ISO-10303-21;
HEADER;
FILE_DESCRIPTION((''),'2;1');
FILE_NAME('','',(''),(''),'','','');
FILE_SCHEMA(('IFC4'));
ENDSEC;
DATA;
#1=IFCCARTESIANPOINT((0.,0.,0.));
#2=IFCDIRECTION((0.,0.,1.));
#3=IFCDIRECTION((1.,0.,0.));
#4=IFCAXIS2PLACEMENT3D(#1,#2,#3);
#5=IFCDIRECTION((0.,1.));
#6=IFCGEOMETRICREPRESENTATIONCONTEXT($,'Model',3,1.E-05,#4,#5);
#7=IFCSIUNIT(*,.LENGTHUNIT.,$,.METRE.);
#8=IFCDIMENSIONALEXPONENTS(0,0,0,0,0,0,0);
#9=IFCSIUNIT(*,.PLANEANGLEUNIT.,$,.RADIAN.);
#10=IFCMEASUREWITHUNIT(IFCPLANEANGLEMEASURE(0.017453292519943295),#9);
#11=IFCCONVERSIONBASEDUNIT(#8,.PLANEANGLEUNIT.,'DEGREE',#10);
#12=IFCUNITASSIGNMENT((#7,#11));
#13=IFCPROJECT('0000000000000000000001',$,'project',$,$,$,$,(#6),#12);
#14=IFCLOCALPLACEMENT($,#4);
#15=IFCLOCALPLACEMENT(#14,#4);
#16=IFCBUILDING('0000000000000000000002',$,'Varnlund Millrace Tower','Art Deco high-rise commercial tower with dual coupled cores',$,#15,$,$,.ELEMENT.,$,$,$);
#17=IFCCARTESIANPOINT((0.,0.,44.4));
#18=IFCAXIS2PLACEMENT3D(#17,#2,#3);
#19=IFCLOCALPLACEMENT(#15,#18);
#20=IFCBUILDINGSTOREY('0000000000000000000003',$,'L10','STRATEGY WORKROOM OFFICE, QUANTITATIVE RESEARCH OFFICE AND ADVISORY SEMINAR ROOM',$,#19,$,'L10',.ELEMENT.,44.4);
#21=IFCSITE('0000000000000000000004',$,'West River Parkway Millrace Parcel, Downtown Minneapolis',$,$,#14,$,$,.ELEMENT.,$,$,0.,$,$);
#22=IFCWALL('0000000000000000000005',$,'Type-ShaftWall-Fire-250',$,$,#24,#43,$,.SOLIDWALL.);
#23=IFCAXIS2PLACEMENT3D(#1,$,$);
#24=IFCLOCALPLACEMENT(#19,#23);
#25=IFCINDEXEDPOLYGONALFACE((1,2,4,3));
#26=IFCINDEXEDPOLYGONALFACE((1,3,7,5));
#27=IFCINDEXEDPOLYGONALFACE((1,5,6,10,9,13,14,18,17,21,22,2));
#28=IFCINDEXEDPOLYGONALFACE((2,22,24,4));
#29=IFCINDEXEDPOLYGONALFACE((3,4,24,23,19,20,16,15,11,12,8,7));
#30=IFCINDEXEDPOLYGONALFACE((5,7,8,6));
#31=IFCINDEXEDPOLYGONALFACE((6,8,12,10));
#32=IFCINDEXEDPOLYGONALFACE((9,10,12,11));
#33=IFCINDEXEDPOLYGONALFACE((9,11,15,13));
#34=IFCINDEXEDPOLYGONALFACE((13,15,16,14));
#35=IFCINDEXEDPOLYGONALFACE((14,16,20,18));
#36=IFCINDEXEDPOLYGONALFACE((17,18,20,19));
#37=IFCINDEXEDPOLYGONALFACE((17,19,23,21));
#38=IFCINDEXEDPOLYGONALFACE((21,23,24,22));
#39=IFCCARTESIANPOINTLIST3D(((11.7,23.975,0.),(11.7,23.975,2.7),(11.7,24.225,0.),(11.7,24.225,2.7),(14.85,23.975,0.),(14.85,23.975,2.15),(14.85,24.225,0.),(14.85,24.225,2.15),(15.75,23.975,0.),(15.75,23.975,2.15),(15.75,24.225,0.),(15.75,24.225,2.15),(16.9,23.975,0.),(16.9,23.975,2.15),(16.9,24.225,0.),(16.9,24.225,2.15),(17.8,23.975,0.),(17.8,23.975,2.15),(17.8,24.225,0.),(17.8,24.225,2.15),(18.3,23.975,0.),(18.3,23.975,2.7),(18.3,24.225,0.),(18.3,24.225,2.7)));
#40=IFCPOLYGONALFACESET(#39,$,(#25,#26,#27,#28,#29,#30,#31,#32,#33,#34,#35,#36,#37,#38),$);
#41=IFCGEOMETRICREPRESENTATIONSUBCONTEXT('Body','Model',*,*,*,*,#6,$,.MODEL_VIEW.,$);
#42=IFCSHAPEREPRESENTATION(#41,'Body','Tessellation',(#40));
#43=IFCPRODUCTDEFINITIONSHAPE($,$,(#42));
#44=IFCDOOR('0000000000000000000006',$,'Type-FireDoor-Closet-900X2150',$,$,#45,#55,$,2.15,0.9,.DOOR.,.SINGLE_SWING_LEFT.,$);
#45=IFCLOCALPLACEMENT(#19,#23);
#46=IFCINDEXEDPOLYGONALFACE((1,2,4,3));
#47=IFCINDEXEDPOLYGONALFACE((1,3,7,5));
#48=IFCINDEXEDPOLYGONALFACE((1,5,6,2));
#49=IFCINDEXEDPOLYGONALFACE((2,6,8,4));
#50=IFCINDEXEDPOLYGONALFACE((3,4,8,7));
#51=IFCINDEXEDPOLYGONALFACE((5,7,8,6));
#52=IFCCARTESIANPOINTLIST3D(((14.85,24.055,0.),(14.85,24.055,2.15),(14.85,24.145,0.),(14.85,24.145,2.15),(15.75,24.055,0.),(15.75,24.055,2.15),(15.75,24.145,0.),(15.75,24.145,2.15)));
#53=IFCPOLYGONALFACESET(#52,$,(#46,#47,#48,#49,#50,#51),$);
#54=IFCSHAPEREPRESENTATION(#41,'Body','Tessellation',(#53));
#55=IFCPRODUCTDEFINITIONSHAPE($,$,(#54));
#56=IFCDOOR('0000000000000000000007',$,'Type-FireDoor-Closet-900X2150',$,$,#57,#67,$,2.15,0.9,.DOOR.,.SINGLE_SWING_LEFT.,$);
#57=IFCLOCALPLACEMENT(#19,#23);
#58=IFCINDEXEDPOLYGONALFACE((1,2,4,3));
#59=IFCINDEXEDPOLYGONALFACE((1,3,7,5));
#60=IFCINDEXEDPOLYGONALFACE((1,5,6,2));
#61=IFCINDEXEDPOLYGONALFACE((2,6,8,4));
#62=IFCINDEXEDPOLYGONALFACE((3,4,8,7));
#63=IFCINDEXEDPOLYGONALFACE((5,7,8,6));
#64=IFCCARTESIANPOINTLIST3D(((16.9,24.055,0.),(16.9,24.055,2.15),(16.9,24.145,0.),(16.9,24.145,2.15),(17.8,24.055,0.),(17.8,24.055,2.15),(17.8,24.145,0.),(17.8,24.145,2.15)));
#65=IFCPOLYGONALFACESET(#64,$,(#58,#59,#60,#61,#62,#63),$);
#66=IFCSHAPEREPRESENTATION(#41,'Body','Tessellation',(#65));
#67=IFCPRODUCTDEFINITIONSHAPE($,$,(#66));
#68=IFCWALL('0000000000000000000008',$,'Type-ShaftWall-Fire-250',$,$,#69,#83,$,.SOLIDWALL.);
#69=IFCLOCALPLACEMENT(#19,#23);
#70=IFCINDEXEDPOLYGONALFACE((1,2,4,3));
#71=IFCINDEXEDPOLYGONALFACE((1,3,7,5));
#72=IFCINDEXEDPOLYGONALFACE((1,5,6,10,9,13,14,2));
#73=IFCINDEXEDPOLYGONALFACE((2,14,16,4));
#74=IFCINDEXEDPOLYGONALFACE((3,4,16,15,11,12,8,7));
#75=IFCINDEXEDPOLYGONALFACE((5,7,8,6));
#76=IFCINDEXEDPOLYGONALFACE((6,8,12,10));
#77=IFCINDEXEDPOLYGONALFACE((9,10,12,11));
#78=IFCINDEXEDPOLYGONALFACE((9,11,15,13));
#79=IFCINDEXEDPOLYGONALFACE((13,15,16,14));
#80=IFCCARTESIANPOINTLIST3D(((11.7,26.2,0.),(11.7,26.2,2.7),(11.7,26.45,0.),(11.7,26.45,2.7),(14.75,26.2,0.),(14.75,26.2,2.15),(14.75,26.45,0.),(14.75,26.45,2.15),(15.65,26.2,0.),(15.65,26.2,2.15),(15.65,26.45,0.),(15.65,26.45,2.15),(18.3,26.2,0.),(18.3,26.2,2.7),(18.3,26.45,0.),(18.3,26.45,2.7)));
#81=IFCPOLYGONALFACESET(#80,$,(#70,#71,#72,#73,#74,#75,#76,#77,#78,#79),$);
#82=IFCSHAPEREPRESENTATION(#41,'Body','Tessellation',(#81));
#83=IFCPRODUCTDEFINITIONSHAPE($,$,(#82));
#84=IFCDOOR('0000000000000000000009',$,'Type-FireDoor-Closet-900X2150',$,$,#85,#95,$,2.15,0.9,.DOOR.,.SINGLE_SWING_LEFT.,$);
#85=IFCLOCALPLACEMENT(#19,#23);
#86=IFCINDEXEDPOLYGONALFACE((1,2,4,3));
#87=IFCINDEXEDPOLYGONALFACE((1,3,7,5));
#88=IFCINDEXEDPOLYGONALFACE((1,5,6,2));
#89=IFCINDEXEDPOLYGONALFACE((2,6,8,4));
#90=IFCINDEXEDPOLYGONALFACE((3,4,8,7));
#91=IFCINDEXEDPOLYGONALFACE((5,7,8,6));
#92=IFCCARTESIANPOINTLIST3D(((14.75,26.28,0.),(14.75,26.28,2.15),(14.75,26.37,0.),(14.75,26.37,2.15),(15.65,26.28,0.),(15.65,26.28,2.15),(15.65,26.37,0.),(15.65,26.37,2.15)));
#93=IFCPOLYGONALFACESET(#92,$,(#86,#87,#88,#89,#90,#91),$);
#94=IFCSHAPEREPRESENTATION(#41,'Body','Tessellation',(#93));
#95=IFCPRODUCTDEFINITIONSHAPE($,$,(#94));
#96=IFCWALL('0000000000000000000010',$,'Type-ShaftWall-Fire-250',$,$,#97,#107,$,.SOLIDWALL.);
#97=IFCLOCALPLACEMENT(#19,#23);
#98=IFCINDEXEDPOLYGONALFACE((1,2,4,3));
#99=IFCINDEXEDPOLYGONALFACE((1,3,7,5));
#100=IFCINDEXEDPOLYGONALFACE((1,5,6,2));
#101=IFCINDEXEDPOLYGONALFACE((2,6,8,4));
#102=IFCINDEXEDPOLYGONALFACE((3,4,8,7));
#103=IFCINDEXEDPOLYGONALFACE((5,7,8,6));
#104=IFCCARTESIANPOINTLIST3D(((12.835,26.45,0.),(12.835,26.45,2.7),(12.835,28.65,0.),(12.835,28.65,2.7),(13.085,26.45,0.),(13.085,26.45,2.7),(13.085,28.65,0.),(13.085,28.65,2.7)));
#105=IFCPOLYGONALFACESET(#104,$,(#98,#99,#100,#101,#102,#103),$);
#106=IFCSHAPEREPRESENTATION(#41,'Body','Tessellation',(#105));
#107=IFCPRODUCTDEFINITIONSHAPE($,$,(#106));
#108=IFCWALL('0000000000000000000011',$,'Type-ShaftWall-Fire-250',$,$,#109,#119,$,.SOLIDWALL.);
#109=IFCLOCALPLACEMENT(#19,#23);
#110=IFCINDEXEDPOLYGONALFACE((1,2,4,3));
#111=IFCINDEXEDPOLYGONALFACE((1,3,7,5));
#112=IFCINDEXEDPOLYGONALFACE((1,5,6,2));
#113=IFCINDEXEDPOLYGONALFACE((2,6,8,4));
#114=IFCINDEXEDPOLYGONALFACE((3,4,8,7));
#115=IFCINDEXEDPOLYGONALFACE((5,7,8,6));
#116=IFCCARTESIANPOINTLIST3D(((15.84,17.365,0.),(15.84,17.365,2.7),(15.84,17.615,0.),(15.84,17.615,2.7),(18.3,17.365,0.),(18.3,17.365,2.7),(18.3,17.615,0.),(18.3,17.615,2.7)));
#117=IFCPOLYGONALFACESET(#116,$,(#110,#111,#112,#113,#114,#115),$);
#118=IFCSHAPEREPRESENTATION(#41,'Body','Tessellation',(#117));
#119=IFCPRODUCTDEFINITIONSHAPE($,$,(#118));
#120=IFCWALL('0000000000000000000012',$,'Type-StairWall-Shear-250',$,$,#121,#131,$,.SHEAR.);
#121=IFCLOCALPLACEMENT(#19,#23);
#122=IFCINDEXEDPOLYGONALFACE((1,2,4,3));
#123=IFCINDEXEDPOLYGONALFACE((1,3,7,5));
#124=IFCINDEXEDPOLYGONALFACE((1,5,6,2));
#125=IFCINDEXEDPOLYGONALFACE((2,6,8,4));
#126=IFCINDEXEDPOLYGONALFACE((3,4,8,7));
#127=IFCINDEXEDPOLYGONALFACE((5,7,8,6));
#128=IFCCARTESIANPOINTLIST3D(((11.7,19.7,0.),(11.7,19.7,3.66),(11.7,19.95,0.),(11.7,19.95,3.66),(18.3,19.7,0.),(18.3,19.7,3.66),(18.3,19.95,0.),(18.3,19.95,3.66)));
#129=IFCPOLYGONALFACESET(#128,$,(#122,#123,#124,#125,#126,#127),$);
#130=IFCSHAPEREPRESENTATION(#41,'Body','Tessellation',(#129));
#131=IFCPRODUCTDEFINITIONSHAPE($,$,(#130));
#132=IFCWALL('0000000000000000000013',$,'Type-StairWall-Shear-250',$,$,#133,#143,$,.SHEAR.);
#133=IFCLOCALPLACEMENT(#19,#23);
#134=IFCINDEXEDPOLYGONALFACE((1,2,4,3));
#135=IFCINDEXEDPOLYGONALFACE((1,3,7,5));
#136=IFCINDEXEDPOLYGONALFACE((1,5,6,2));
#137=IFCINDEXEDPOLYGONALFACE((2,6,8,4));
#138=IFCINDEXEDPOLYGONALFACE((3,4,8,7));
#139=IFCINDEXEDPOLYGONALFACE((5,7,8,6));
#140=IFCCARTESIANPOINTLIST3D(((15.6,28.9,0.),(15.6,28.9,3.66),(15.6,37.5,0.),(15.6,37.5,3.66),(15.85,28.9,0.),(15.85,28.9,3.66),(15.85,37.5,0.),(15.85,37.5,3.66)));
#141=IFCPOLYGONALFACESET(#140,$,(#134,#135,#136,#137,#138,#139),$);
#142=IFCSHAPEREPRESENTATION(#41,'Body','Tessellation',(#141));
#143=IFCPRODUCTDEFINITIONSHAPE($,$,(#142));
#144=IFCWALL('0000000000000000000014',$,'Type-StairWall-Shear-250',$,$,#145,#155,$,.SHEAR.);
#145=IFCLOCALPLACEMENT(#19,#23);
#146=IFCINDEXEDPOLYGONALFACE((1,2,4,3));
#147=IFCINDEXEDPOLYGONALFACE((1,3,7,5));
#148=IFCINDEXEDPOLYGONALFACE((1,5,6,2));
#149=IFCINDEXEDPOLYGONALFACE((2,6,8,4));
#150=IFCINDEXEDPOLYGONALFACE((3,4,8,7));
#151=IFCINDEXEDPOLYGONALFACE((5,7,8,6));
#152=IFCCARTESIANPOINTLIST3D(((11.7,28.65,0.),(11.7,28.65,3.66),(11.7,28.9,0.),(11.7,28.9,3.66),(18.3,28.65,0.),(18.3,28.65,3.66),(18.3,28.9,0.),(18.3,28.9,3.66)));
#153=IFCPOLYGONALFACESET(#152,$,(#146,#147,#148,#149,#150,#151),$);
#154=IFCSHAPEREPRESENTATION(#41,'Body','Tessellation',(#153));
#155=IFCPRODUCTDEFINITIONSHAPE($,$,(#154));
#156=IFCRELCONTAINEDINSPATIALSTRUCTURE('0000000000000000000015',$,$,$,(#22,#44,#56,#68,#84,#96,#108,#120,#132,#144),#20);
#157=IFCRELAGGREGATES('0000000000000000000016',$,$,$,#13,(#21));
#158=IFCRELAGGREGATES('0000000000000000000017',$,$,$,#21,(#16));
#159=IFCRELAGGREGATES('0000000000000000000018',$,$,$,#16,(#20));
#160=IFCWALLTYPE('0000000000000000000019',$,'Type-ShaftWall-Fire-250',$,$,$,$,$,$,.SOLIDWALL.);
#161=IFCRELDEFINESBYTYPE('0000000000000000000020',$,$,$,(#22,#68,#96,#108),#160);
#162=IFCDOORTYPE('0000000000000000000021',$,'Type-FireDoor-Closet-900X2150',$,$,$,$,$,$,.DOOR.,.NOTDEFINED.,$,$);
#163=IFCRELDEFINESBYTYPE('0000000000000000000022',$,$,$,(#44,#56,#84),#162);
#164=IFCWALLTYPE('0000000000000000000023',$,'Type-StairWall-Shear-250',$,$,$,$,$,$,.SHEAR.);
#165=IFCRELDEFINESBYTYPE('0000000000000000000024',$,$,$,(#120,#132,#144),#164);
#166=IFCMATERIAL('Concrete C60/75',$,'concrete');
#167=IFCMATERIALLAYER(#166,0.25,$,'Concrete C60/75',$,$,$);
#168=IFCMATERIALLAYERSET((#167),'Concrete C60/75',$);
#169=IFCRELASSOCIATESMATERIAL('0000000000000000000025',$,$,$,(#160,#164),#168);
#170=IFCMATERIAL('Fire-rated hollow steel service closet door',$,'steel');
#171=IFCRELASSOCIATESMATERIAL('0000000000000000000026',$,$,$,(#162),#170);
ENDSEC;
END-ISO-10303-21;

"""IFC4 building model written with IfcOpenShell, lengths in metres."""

from ifc_helpers import new_model, entity, si_unit, converted_unit, direction, frame, origin_with_axes, origin_2d_with_axis, place, context, subcontext, project, spatial, polyline, rectangle, outline, extrude, material, layer, layer_set, type_object, element, fill, save


model = new_model("IFC4")

# Units and contexts
model_context = context("Model", 3, precision=1e-05, world=origin_with_axes(), true_north=direction((0.0, 1.0)))
body_context = subcontext(model_context, "Body", "Model", "MODEL_VIEW")
ifc_project = project(units=[si_unit("LENGTHUNIT", "METRE"), converted_unit("PLANEANGLEUNIT", "DEGREE", entity("IfcPlaneAngleMeasure", 0.017453292519943295), si_unit("PLANEANGLEUNIT", "RADIAN"), dimensions=[0, 0, 0, 0, 0, 0, 0])], contexts=[model_context])

# Site, building, storey
site_placement = place(None, origin_with_axes())
site = spatial("IfcSite", under=ifc_project, at=site_placement, Name="West River Parkway Millrace Parcel, Downtown Minneapolis", CompositionType="ELEMENT", RefElevation=0.0)
building_placement = place(site_placement, origin_with_axes())
building = spatial("IfcBuilding", under=site, at=building_placement, Name="Varnlund Millrace Tower", Description="Art Deco high-rise commercial tower with dual coupled cores", CompositionType="ELEMENT")
storey_placement = place(building_placement, frame((0.0, 0.0, 44.4), z_axis=(0.0, 0.0, 1.0), x_axis=(1.0, 0.0, 0.0)))
storey = spatial("IfcBuildingStorey", under=building, at=storey_placement, Name="L10", Description="STRATEGY WORKROOM OFFICE, QUANTITATIVE RESEARCH OFFICE AND ADVISORY SEMINAR ROOM", LongName="L10", CompositionType="ELEMENT", Elevation=44.4)

# Wall, openings, doors
ifc_material_1 = material(Name="Concrete C60/75", Category="concrete")
ifc_layer = layer(ifc_material_1, 0.25, Name="Concrete C60/75")
ifc_layer_set = layer_set([ifc_layer], Name="Concrete C60/75")
wall_type_1 = type_object("IfcWallType", Name="Type-ShaftWall-Fire-250", PredefinedType="SOLIDWALL", material=ifc_layer_set)
wall_1_placement = place(storey_placement, frame((11.7, 24.1, 0.0), z_axis=(0.0, 0.0, 1.0), x_axis=(1.0, 0.0, 0.0)))
wall_1 = element("IfcWall", 1, at=wall_1_placement, inside=storey, type_object=wall_type_1, Name="Type-ShaftWall-Fire-250", PredefinedType="SOLIDWALL", context=body_context, shape_type="SweptSolid", body=[
    extrude(outline(polyline([(0.0, -0.125), (6.6, -0.125), (6.6, 0.125), (0.0, 0.125), (0.0, -0.125)])), origin_with_axes(), (0.0, 0.0, 1.0), 2.7),
])
opening_1_placement = place(wall_1_placement, frame((3.6, 0.0, 0.0), z_axis=(0.0, 0.0, 1.0), x_axis=(1.0, 0.0, 0.0)))
opening_1 = element("IfcOpeningElement", 2, at=opening_1_placement, cuts=wall_1, PredefinedType="OPENING", context=body_context, shape_type="SweptSolid", body=[
    extrude(rectangle(XDim=0.9, YDim=0.27, at=origin_2d_with_axis()), origin_with_axes(), (0.0, 0.0, 1.0), 2.15),
])
opening_2_placement = place(wall_1_placement, frame((5.65, 0.0, 0.0), z_axis=(0.0, 0.0, 1.0), x_axis=(1.0, 0.0, 0.0)))
opening_2 = element("IfcOpeningElement", 3, at=opening_2_placement, cuts=wall_1, PredefinedType="OPENING", context=body_context, shape_type="SweptSolid", body=[
    extrude(rectangle(XDim=0.9, YDim=0.27, at=origin_2d_with_axis()), origin_with_axes(), (0.0, 0.0, 1.0), 2.15),
])
ifc_material_2 = material(Name="Fire-rated hollow steel service closet door", Category="steel")
door_type_1 = type_object("IfcDoorType", Name="Type-FireDoor-Closet-900X2150", OperationType="NOTDEFINED", PredefinedType="DOOR", material=ifc_material_2)
door_1_placement = place(wall_1_placement, frame((3.6, 0.0, 0.0), z_axis=(0.0, 0.0, 1.0), x_axis=(1.0, 0.0, 0.0)))
door_1 = element("IfcDoor", 4, at=door_1_placement, inside=storey, type_object=door_type_1, Name="Type-FireDoor-Closet-900X2150", OperationType="SINGLE_SWING_LEFT", OverallHeight=2.15, OverallWidth=0.9, PredefinedType="DOOR", context=body_context, shape_type="SweptSolid", body=[
    extrude(rectangle(XDim=0.9, YDim=0.09, at=origin_2d_with_axis()), origin_with_axes(), (0.0, 0.0, 1.0), 2.15),
])
fill(opening_1, door_1)
door_2_placement = place(wall_1_placement, frame((5.65, 0.0, 0.0), z_axis=(0.0, 0.0, 1.0), x_axis=(1.0, 0.0, 0.0)))
door_2 = element("IfcDoor", 5, at=door_2_placement, inside=storey, type_object=door_type_1, Name="Type-FireDoor-Closet-900X2150", OperationType="SINGLE_SWING_LEFT", OverallHeight=2.15, OverallWidth=0.9, PredefinedType="DOOR", context=body_context, shape_type="SweptSolid", body=[
    extrude(rectangle(XDim=0.9, YDim=0.09, at=origin_2d_with_axis()), origin_with_axes(), (0.0, 0.0, 1.0), 2.15),
])
fill(opening_2, door_2)

# Wall, opening, door
wall_2_placement = place(storey_placement, frame((11.7, 26.325, 0.0), z_axis=(0.0, 0.0, 1.0), x_axis=(1.0, 0.0, 0.0)))
wall_2 = element("IfcWall", 6, at=wall_2_placement, inside=storey, type_object=wall_type_1, Name="Type-ShaftWall-Fire-250", PredefinedType="SOLIDWALL", context=body_context, shape_type="SweptSolid", body=[
    extrude(outline(polyline([(0.0, -0.125), (6.6, -0.125), (6.6, 0.125), (0.0, 0.125), (0.0, -0.125)])), origin_with_axes(), (0.0, 0.0, 1.0), 2.7),
])
opening_3_placement = place(wall_2_placement, frame((3.5, 0.0, 0.0), z_axis=(0.0, 0.0, 1.0), x_axis=(1.0, 0.0, 0.0)))
opening_3 = element("IfcOpeningElement", 7, at=opening_3_placement, cuts=wall_2, PredefinedType="OPENING", context=body_context, shape_type="SweptSolid", body=[
    extrude(rectangle(XDim=0.9, YDim=0.27, at=origin_2d_with_axis()), origin_with_axes(), (0.0, 0.0, 1.0), 2.15),
])
door_3_placement = place(wall_2_placement, frame((3.5, 0.0, 0.0), z_axis=(0.0, 0.0, 1.0), x_axis=(1.0, 0.0, 0.0)))
door_3 = element("IfcDoor", 8, at=door_3_placement, inside=storey, type_object=door_type_1, Name="Type-FireDoor-Closet-900X2150", OperationType="SINGLE_SWING_LEFT", OverallHeight=2.15, OverallWidth=0.9, PredefinedType="DOOR", context=body_context, shape_type="SweptSolid", body=[
    extrude(rectangle(XDim=0.9, YDim=0.09, at=origin_2d_with_axis()), origin_with_axes(), (0.0, 0.0, 1.0), 2.15),
])
fill(opening_3, door_3)

# Walls
wall_3_placement = place(storey_placement, frame((12.96, 26.45, 0.0), z_axis=(0.0, 0.0, 1.0), x_axis=(0.0, 1.0, 0.0)))
element("IfcWall", 9, at=wall_3_placement, inside=storey, type_object=wall_type_1, Name="Type-ShaftWall-Fire-250", PredefinedType="SOLIDWALL", context=body_context, shape_type="SweptSolid", body=[
    extrude(outline(polyline([(0.0, -0.125), (2.2, -0.125), (2.2, 0.125), (0.0, 0.125), (0.0, -0.125)])), origin_with_axes(), (0.0, 0.0, 1.0), 2.7),
])
wall_4_placement = place(storey_placement, frame((15.84, 17.49, 0.0), z_axis=(0.0, 0.0, 1.0), x_axis=(1.0, 0.0, 0.0)))
element("IfcWall", 10, at=wall_4_placement, inside=storey, type_object=wall_type_1, Name="Type-ShaftWall-Fire-250", PredefinedType="SOLIDWALL", context=body_context, shape_type="SweptSolid", body=[
    extrude(outline(polyline([(0.0, -0.125), (2.46, -0.125), (2.46, 0.125), (0.0, 0.125), (0.0, -0.125)])), origin_with_axes(), (0.0, 0.0, 1.0), 2.7),
])
wall_type_2 = type_object("IfcWallType", Name="Type-StairWall-Shear-250", PredefinedType="SHEAR", material=ifc_layer_set)
wall_5_placement = place(storey_placement, frame((11.7, 19.825, 0.0), z_axis=(0.0, 0.0, 1.0), x_axis=(1.0, 0.0, 0.0)))
element("IfcWall", 11, at=wall_5_placement, inside=storey, type_object=wall_type_2, Name="Type-StairWall-Shear-250", PredefinedType="SHEAR", context=body_context, shape_type="SweptSolid", body=[
    extrude(outline(polyline([(0.0, -0.125), (6.6, -0.125), (6.6, 0.125), (0.0, 0.125), (0.0, -0.125)])), origin_with_axes(), (0.0, 0.0, 1.0), 3.66),
])
wall_6_placement = place(storey_placement, frame((15.725, 28.9, 0.0), z_axis=(0.0, 0.0, 1.0), x_axis=(0.0, 1.0, 0.0)))
element("IfcWall", 12, at=wall_6_placement, inside=storey, type_object=wall_type_2, Name="Type-StairWall-Shear-250", PredefinedType="SHEAR", context=body_context, shape_type="SweptSolid", body=[
    extrude(outline(polyline([(0.0, -0.125), (8.6, -0.125), (8.6, 0.125), (0.0, 0.125), (0.0, -0.125)])), origin_with_axes(), (0.0, 0.0, 1.0), 3.66),
])
wall_7_placement = place(storey_placement, frame((11.7, 28.775, 0.0), z_axis=(0.0, 0.0, 1.0), x_axis=(1.0, 0.0, 0.0)))
element("IfcWall", 13, at=wall_7_placement, inside=storey, type_object=wall_type_2, Name="Type-StairWall-Shear-250", PredefinedType="SHEAR", context=body_context, shape_type="SweptSolid", body=[
    extrude(outline(polyline([(0.0, -0.125), (6.6, -0.125), (6.6, 0.125), (0.0, 0.125), (0.0, -0.125)])), origin_with_axes(), (0.0, 0.0, 1.0), 3.66),
])

save(model, "model.ifc")
